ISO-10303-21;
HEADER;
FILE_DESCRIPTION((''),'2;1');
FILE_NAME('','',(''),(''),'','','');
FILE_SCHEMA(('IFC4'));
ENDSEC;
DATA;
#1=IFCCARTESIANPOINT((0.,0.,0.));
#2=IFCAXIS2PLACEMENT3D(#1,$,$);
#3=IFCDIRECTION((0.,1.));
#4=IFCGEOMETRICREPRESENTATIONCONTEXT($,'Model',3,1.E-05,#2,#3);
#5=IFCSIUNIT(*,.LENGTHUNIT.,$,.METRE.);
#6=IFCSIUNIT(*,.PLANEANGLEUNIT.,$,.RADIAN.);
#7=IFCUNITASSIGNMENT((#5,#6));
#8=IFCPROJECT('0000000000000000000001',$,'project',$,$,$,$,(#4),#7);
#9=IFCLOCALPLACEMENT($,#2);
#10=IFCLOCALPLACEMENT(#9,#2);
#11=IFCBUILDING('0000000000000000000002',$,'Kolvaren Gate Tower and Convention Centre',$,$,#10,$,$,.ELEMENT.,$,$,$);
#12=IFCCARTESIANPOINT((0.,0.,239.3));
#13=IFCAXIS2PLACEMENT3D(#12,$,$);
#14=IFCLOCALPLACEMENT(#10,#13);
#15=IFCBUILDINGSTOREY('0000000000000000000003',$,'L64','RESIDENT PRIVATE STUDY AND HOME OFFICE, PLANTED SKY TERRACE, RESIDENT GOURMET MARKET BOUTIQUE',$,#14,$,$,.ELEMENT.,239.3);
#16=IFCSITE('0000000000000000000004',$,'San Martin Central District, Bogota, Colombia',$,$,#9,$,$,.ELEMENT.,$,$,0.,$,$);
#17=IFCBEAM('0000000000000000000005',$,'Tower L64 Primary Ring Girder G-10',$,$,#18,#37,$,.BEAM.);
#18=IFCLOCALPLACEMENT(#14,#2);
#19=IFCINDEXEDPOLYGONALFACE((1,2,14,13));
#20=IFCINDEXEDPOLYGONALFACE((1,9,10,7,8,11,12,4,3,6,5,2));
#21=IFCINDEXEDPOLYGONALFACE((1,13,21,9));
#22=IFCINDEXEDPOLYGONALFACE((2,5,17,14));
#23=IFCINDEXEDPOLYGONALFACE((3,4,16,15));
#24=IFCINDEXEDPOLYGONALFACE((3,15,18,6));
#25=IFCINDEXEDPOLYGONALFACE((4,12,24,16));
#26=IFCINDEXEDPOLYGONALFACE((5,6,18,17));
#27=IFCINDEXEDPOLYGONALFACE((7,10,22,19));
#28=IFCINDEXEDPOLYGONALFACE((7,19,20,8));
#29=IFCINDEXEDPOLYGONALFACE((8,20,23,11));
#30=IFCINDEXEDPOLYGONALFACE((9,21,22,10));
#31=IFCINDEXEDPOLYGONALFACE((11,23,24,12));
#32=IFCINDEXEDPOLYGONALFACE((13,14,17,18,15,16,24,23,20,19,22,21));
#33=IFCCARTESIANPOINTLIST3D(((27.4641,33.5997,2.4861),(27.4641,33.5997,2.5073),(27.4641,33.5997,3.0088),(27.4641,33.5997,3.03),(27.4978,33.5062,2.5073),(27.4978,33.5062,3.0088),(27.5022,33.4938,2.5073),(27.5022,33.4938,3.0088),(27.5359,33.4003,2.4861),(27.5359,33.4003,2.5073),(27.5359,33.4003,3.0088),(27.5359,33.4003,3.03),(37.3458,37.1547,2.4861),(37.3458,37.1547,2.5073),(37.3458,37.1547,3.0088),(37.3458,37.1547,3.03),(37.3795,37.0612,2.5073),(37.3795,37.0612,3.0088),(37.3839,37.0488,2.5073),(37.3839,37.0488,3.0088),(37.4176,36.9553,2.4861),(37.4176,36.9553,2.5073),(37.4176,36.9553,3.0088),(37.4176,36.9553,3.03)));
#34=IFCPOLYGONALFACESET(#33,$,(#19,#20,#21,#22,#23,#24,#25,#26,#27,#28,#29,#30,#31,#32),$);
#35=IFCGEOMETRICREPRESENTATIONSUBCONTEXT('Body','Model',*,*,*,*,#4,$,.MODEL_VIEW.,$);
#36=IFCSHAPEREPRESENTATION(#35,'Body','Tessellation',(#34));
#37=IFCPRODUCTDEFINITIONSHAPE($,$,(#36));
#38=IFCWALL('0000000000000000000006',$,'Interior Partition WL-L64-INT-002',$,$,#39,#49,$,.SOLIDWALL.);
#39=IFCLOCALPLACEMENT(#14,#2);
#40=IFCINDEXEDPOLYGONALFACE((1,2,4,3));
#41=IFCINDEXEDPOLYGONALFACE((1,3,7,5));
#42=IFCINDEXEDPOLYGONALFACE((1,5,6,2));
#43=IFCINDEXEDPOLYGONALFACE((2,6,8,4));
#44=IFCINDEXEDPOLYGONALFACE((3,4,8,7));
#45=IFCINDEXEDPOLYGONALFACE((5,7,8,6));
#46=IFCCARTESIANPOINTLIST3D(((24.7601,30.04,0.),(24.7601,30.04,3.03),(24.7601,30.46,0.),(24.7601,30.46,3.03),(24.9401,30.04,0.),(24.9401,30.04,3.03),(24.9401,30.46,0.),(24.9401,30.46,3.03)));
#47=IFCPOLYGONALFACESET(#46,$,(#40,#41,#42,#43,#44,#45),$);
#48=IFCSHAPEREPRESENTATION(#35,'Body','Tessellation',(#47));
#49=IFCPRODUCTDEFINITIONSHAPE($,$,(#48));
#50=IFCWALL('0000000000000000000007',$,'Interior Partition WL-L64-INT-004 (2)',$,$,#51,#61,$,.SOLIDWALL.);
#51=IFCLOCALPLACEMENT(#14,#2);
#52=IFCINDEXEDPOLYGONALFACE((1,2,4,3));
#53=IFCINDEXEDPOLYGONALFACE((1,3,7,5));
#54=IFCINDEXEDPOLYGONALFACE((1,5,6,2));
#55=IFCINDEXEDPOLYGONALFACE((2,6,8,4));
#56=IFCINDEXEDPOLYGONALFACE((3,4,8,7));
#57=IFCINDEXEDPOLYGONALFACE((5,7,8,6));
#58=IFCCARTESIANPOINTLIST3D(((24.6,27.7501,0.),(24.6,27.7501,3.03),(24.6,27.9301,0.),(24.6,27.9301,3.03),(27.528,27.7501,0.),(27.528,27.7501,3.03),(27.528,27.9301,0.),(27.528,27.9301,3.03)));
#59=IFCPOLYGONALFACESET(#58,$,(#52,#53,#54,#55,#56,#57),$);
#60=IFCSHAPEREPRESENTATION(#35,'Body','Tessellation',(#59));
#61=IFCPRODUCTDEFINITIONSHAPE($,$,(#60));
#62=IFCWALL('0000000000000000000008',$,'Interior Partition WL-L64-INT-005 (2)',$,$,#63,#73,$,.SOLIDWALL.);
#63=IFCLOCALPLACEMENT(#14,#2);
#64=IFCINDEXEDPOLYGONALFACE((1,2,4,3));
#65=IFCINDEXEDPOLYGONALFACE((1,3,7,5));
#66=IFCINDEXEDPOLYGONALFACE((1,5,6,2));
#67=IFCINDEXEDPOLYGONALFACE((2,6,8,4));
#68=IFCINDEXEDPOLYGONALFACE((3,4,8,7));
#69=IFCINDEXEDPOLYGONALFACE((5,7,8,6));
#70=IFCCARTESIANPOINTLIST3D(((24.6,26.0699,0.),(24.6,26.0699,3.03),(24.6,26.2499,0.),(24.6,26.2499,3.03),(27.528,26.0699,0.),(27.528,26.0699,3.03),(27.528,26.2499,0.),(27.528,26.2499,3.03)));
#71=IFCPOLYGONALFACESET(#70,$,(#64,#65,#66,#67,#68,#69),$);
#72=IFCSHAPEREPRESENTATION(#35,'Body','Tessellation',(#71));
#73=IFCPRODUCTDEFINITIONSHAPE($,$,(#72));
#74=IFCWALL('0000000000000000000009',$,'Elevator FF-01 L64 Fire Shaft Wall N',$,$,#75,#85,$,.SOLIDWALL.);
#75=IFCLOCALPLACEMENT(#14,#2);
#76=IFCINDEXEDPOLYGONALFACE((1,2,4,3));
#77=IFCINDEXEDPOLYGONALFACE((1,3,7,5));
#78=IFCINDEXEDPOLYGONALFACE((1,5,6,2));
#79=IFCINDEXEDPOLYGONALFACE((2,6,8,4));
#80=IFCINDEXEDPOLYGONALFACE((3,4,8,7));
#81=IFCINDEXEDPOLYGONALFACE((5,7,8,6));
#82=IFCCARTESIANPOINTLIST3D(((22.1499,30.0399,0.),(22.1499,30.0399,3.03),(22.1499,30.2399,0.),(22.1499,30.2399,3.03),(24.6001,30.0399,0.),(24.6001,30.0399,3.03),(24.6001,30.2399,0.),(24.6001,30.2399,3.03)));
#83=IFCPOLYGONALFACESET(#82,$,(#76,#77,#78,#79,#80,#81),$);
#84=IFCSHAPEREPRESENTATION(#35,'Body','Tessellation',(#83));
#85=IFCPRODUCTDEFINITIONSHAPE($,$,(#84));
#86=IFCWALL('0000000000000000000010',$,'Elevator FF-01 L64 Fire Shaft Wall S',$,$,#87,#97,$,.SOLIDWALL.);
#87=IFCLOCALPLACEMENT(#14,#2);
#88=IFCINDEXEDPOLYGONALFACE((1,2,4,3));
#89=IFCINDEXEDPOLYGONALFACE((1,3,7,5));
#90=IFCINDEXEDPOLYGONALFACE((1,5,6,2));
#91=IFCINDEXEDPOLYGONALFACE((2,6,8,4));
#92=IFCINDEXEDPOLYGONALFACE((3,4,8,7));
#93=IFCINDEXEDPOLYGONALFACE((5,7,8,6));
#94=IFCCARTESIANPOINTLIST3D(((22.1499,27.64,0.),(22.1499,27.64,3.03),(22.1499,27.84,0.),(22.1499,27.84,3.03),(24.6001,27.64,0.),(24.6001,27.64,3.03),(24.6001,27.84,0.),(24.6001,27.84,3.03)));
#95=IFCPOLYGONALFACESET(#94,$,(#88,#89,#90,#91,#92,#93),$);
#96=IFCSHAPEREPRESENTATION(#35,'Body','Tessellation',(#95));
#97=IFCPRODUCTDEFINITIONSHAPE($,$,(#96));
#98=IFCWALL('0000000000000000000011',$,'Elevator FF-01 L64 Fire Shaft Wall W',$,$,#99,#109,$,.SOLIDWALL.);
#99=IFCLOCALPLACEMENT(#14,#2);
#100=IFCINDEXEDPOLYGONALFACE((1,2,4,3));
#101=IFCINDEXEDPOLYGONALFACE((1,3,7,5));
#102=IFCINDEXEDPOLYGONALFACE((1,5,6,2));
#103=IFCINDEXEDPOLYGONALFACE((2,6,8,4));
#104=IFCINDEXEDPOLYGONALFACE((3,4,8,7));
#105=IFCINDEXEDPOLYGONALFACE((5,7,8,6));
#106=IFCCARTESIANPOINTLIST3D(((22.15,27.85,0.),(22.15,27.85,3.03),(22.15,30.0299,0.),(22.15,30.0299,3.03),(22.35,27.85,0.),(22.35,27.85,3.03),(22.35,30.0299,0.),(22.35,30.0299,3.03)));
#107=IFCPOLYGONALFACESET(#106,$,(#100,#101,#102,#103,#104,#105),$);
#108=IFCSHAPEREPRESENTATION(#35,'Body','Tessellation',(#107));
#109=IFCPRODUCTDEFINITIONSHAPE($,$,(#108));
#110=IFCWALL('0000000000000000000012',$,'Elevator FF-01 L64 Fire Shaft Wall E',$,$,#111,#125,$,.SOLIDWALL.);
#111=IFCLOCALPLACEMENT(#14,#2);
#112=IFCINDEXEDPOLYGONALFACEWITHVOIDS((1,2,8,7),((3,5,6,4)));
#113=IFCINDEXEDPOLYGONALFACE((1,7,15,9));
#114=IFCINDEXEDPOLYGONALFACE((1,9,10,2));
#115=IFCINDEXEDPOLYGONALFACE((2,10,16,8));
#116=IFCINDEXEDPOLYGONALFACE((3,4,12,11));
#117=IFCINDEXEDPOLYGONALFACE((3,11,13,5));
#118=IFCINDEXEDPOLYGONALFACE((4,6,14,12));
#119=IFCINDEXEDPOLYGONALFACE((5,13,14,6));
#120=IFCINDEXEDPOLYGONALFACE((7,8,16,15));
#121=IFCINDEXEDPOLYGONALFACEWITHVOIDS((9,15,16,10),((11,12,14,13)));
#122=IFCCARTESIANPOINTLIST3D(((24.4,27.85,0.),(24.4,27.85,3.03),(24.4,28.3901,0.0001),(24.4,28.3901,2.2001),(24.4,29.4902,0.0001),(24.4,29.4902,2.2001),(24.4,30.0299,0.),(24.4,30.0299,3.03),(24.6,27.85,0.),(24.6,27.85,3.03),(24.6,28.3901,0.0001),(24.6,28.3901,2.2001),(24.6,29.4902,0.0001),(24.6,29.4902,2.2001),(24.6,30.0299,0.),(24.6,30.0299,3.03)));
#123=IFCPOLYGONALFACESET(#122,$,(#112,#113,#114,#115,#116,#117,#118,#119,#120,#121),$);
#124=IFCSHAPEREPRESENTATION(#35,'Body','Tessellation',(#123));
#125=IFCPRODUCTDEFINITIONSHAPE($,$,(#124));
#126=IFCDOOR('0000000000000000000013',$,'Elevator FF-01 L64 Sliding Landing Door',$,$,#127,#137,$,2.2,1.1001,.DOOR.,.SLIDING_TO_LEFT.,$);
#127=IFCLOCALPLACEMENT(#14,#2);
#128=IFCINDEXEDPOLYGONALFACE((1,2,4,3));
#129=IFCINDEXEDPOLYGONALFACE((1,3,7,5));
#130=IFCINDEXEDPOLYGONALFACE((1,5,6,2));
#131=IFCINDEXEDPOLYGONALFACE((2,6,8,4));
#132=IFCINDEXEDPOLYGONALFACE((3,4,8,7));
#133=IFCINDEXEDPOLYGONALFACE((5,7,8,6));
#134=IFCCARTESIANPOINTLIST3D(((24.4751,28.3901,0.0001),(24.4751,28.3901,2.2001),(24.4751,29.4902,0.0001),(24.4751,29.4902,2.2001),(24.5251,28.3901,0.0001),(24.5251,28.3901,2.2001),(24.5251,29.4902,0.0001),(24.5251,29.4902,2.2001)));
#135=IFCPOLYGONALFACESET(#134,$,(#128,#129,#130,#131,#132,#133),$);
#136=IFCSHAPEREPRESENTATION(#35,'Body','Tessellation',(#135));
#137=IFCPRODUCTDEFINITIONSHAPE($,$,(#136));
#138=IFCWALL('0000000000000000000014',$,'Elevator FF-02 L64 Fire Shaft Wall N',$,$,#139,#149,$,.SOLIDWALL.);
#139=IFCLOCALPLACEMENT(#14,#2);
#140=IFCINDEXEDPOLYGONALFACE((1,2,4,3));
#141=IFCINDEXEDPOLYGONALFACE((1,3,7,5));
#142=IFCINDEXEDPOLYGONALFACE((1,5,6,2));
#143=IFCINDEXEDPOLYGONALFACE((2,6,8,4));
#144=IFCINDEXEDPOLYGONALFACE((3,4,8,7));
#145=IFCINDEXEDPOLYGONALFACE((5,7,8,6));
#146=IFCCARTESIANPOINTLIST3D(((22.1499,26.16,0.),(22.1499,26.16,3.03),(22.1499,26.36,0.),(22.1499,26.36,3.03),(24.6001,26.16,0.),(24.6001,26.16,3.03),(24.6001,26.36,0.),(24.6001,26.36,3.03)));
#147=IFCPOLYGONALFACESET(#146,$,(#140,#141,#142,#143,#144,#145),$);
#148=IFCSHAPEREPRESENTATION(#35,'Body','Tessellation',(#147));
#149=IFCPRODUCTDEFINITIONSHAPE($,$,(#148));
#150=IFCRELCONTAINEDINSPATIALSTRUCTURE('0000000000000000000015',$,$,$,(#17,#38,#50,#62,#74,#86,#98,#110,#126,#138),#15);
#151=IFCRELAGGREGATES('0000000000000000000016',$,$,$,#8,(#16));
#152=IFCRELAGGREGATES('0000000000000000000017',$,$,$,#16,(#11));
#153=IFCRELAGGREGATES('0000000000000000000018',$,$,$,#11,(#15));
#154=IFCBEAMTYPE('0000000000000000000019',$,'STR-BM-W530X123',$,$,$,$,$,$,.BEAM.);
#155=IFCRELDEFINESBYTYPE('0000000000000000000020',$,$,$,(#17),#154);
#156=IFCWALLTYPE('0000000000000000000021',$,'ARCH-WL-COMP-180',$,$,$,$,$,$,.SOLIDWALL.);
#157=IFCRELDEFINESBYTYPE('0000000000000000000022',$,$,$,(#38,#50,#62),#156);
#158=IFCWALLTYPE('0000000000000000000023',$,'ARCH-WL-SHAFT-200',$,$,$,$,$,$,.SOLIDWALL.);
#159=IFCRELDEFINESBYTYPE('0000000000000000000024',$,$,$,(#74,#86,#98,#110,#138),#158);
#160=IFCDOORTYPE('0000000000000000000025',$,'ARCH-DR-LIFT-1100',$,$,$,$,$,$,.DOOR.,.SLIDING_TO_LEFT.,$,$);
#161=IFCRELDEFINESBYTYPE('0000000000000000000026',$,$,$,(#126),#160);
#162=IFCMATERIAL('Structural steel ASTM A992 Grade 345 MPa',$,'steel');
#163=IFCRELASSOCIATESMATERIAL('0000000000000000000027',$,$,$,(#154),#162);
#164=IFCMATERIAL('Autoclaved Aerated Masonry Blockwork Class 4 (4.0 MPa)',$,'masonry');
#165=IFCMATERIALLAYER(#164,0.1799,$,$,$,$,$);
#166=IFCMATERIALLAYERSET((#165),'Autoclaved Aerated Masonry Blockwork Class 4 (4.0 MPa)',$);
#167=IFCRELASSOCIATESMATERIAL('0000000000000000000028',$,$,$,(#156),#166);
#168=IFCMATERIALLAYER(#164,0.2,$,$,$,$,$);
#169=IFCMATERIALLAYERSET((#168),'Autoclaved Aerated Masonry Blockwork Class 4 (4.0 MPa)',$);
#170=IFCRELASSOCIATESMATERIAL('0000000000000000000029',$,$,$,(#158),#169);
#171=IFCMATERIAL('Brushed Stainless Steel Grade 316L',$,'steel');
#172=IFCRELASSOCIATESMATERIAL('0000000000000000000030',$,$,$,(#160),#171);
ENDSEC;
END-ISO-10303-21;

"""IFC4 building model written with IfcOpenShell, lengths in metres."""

from ifc_helpers import new_model, si_unit, direction, frame, frame_2d, origin, origin_2d, place, context, subcontext, project, spatial, rectangle, i_section, extrude, material, layer, layer_set, material_profile, profile_set, type_object, element, fill, save


model = new_model("IFC4")

# Units and contexts
model_context = context("Model", 3, precision=1e-05, world=origin(), true_north=direction((0.0, 1.0)))
body_context = subcontext(model_context, "Body", "Model", "MODEL_VIEW")
ifc_project = project(units=[si_unit("LENGTHUNIT", "METRE"), si_unit("PLANEANGLEUNIT", "RADIAN")], contexts=[model_context])

# Site, building, storey
site_placement = place(None, origin())
site = spatial("IfcSite", under=ifc_project, at=site_placement, Name="San Martin Central District, Bogota, Colombia", CompositionType="ELEMENT", RefElevation=0.0)
building_placement = place(site_placement, origin())
building = spatial("IfcBuilding", under=site, at=building_placement, Name="Kolvaren Gate Tower and Convention Centre", CompositionType="ELEMENT")
storey_placement = place(building_placement, frame((0.0, 0.0, 239.3)))
storey = spatial("IfcBuildingStorey", under=building, at=storey_placement, Name="L64", Description="RESIDENT PRIVATE STUDY AND HOME OFFICE, PLANTED SKY TERRACE, RESIDENT GOURMET MARKET BOUTIQUE", CompositionType="ELEMENT", Elevation=239.3)

# Beam
ifc_material_1 = material(Name="Structural steel ASTM A992 Grade 345 MPa", Category="steel")
ifc_material_profile = material_profile(ifc_material_1, i_section(OverallWidth=0.2119, OverallDepth=0.5439, WebThickness=0.0132, FlangeThickness=0.0212, at=origin_2d()), Name="W530X123")
ifc_profile_set = profile_set([ifc_material_profile], Name="Structural steel ASTM A992 Grade 345 MPa")
beam_type = type_object("IfcBeamType", Name="STR-BM-W530X123", PredefinedType="BEAM", material=ifc_profile_set)
beam_placement = place(storey_placement, frame((27.5, 33.5, 2.7581), z_axis=(0.940961, 0.338514, 0.0), x_axis=(-0.338514, 0.940961, 0.0)))
element("IfcBeam", 1, at=beam_placement, inside=storey, type_object=beam_type, Name="Tower L64 Primary Ring Girder G-10", PredefinedType="BEAM", context=body_context, shape_type="SweptSolid", body=[
    extrude(i_section(OverallWidth=0.2119, OverallDepth=0.5439, WebThickness=0.0132, FlangeThickness=0.0212, at=origin_2d()), origin(), (0.0, 0.0, 1.0), 10.5017),
])

# Walls
ifc_material_2 = material(Name="Autoclaved Aerated Masonry Blockwork Class 4 (4.0 MPa)", Category="masonry")
ifc_layer_1 = layer(ifc_material_2, 0.1799)
ifc_layer_set_1 = layer_set([ifc_layer_1], Name="Autoclaved Aerated Masonry Blockwork Class 4 (4.0 MPa)")
wall_type_1 = type_object("IfcWallType", Name="ARCH-WL-COMP-180", PredefinedType="SOLIDWALL", material=ifc_layer_set_1)
wall_1_placement = place(storey_placement, frame((24.8501, 30.04, 0.0), z_axis=(0.0, 0.0, 1.0), x_axis=(0.0, 1.0, 0.0)))
element("IfcWall", 2, at=wall_1_placement, inside=storey, type_object=wall_type_1, Name="Interior Partition WL-L64-INT-002", PredefinedType="SOLIDWALL", context=body_context, shape_type="SweptSolid", body=[
    extrude(rectangle(XDim=0.4199, YDim=0.1799, at=frame_2d((0.21, 0.0))), origin(), (0.0, 0.0, 1.0), 3.03),
])
for number, where, z_axis, x_axis, name in (
    (3, (24.6001, 27.8401, 0.0), (0.0, 0.0, 1.0), (1.0, 0.0, 0.0), "Interior Partition WL-L64-INT-004 (2)"),
    (4, (24.6001, 26.1599, 0.0), (0.0, 0.0, 1.0), (1.0, 0.0, 0.0), "Interior Partition WL-L64-INT-005 (2)"),
):
    element("IfcWall", number, at=place(storey_placement, frame(where, z_axis=z_axis, x_axis=x_axis)), inside=storey, type_object=wall_type_1, Name=name, PredefinedType="SOLIDWALL", context=body_context, shape_type="SweptSolid", body=[
        extrude(rectangle(XDim=2.928, YDim=0.1799, at=frame_2d((1.4639, 0.0))), origin(), (0.0, 0.0, 1.0), 3.03),
    ])
ifc_layer_2 = layer(ifc_material_2, 0.2)
ifc_layer_set_2 = layer_set([ifc_layer_2], Name="Autoclaved Aerated Masonry Blockwork Class 4 (4.0 MPa)")
wall_type_2 = type_object("IfcWallType", Name="ARCH-WL-SHAFT-200", PredefinedType="SOLIDWALL", material=ifc_layer_set_2)
for number, where, z_axis, x_axis, name in (
    (5, (22.1499, 30.1399, 0.0), (0.0, 0.0, 1.0), (1.0, 0.0, 0.0), "Elevator FF-01 L64 Fire Shaft Wall N"),
    (6, (22.1499, 27.74, 0.0), (0.0, 0.0, 1.0), (1.0, 0.0, 0.0), "Elevator FF-01 L64 Fire Shaft Wall S"),
):
    element("IfcWall", number, at=place(storey_placement, frame(where, z_axis=z_axis, x_axis=x_axis)), inside=storey, type_object=wall_type_2, Name=name, PredefinedType="SOLIDWALL", context=body_context, shape_type="SweptSolid", body=[
        extrude(rectangle(XDim=2.4502, YDim=0.2, at=frame_2d((1.2251, 0.0))), origin(), (0.0, 0.0, 1.0), 3.03),
    ])
wall_2_placement = place(storey_placement, frame((22.25, 27.8501, 0.0), z_axis=(0.0, 0.0, 1.0), x_axis=(0.0, 1.0, 0.0)))
element("IfcWall", 7, at=wall_2_placement, inside=storey, type_object=wall_type_2, Name="Elevator FF-01 L64 Fire Shaft Wall W", PredefinedType="SOLIDWALL", context=body_context, shape_type="SweptSolid", body=[
    extrude(rectangle(XDim=2.1799, YDim=0.2, at=frame_2d((1.0898, 0.0))), origin(), (0.0, 0.0, 1.0), 3.03),
])

# Wall, opening, door
wall_3_placement = place(storey_placement, frame((24.5, 27.8501, 0.0), z_axis=(0.0, 0.0, 1.0), x_axis=(0.0, 1.0, 0.0)))
wall_3 = element("IfcWall", 8, at=wall_3_placement, inside=storey, type_object=wall_type_2, Name="Elevator FF-01 L64 Fire Shaft Wall E", PredefinedType="SOLIDWALL", context=body_context, shape_type="SweptSolid", body=[
    extrude(rectangle(XDim=2.1799, YDim=0.2, at=frame_2d((1.0898, 0.0))), origin(), (0.0, 0.0, 1.0), 3.03),
])
opening_1_placement = place(wall_3_placement, frame((0.54, 0.0, 0.0)))
opening_1 = element("IfcOpeningElement", 9, at=opening_1_placement, cuts=wall_3, PredefinedType="OPENING", context=body_context, shape_type="SweptSolid", body=[
    extrude(rectangle(XDim=1.1001, YDim=2.2, at=frame_2d((0.55, 1.1001))), frame((0.0, 0.1099, 0.0), z_axis=(0.0, -1.0, 0.0), x_axis=(1.0, 0.0, 0.0)), (0.0, 0.0, 1.0), 0.22),
])
ifc_material_3 = material(Name="Brushed Stainless Steel Grade 316L", Category="steel")
door_type_1 = type_object("IfcDoorType", Name="ARCH-DR-LIFT-1100", OperationType="SLIDING_TO_LEFT", PredefinedType="DOOR", material=ifc_material_3)
door_1_placement = place(opening_1_placement, origin())
door_1 = element("IfcDoor", 10, at=door_1_placement, inside=storey, type_object=door_type_1, Name="Elevator FF-01 L64 Sliding Landing Door", OperationType="SLIDING_TO_LEFT", OverallHeight=2.2, OverallWidth=1.1001, PredefinedType="DOOR", context=body_context, shape_type="SweptSolid", body=[
    extrude(rectangle(XDim=1.1001, YDim=2.2, at=frame_2d((0.55, 1.1001))), frame((0.0, 0.0249, 0.0), z_axis=(0.0, -1.0, 0.0), x_axis=(1.0, 0.0, 0.0)), (0.0, 0.0, 1.0), 0.05),
])
fill(opening_1, door_1)

# Wall
wall_4_placement = place(storey_placement, frame((22.1499, 26.26, 0.0), z_axis=(0.0, 0.0, 1.0), x_axis=(1.0, 0.0, 0.0)))
element("IfcWall", 11, at=wall_4_placement, inside=storey, type_object=wall_type_2, Name="Elevator FF-02 L64 Fire Shaft Wall N", PredefinedType="SOLIDWALL", context=body_context, shape_type="SweptSolid", body=[
    extrude(rectangle(XDim=2.4502, YDim=0.2, at=frame_2d((1.2251, 0.0))), origin(), (0.0, 0.0, 1.0), 3.03),
])

save(model, "model.ifc")
